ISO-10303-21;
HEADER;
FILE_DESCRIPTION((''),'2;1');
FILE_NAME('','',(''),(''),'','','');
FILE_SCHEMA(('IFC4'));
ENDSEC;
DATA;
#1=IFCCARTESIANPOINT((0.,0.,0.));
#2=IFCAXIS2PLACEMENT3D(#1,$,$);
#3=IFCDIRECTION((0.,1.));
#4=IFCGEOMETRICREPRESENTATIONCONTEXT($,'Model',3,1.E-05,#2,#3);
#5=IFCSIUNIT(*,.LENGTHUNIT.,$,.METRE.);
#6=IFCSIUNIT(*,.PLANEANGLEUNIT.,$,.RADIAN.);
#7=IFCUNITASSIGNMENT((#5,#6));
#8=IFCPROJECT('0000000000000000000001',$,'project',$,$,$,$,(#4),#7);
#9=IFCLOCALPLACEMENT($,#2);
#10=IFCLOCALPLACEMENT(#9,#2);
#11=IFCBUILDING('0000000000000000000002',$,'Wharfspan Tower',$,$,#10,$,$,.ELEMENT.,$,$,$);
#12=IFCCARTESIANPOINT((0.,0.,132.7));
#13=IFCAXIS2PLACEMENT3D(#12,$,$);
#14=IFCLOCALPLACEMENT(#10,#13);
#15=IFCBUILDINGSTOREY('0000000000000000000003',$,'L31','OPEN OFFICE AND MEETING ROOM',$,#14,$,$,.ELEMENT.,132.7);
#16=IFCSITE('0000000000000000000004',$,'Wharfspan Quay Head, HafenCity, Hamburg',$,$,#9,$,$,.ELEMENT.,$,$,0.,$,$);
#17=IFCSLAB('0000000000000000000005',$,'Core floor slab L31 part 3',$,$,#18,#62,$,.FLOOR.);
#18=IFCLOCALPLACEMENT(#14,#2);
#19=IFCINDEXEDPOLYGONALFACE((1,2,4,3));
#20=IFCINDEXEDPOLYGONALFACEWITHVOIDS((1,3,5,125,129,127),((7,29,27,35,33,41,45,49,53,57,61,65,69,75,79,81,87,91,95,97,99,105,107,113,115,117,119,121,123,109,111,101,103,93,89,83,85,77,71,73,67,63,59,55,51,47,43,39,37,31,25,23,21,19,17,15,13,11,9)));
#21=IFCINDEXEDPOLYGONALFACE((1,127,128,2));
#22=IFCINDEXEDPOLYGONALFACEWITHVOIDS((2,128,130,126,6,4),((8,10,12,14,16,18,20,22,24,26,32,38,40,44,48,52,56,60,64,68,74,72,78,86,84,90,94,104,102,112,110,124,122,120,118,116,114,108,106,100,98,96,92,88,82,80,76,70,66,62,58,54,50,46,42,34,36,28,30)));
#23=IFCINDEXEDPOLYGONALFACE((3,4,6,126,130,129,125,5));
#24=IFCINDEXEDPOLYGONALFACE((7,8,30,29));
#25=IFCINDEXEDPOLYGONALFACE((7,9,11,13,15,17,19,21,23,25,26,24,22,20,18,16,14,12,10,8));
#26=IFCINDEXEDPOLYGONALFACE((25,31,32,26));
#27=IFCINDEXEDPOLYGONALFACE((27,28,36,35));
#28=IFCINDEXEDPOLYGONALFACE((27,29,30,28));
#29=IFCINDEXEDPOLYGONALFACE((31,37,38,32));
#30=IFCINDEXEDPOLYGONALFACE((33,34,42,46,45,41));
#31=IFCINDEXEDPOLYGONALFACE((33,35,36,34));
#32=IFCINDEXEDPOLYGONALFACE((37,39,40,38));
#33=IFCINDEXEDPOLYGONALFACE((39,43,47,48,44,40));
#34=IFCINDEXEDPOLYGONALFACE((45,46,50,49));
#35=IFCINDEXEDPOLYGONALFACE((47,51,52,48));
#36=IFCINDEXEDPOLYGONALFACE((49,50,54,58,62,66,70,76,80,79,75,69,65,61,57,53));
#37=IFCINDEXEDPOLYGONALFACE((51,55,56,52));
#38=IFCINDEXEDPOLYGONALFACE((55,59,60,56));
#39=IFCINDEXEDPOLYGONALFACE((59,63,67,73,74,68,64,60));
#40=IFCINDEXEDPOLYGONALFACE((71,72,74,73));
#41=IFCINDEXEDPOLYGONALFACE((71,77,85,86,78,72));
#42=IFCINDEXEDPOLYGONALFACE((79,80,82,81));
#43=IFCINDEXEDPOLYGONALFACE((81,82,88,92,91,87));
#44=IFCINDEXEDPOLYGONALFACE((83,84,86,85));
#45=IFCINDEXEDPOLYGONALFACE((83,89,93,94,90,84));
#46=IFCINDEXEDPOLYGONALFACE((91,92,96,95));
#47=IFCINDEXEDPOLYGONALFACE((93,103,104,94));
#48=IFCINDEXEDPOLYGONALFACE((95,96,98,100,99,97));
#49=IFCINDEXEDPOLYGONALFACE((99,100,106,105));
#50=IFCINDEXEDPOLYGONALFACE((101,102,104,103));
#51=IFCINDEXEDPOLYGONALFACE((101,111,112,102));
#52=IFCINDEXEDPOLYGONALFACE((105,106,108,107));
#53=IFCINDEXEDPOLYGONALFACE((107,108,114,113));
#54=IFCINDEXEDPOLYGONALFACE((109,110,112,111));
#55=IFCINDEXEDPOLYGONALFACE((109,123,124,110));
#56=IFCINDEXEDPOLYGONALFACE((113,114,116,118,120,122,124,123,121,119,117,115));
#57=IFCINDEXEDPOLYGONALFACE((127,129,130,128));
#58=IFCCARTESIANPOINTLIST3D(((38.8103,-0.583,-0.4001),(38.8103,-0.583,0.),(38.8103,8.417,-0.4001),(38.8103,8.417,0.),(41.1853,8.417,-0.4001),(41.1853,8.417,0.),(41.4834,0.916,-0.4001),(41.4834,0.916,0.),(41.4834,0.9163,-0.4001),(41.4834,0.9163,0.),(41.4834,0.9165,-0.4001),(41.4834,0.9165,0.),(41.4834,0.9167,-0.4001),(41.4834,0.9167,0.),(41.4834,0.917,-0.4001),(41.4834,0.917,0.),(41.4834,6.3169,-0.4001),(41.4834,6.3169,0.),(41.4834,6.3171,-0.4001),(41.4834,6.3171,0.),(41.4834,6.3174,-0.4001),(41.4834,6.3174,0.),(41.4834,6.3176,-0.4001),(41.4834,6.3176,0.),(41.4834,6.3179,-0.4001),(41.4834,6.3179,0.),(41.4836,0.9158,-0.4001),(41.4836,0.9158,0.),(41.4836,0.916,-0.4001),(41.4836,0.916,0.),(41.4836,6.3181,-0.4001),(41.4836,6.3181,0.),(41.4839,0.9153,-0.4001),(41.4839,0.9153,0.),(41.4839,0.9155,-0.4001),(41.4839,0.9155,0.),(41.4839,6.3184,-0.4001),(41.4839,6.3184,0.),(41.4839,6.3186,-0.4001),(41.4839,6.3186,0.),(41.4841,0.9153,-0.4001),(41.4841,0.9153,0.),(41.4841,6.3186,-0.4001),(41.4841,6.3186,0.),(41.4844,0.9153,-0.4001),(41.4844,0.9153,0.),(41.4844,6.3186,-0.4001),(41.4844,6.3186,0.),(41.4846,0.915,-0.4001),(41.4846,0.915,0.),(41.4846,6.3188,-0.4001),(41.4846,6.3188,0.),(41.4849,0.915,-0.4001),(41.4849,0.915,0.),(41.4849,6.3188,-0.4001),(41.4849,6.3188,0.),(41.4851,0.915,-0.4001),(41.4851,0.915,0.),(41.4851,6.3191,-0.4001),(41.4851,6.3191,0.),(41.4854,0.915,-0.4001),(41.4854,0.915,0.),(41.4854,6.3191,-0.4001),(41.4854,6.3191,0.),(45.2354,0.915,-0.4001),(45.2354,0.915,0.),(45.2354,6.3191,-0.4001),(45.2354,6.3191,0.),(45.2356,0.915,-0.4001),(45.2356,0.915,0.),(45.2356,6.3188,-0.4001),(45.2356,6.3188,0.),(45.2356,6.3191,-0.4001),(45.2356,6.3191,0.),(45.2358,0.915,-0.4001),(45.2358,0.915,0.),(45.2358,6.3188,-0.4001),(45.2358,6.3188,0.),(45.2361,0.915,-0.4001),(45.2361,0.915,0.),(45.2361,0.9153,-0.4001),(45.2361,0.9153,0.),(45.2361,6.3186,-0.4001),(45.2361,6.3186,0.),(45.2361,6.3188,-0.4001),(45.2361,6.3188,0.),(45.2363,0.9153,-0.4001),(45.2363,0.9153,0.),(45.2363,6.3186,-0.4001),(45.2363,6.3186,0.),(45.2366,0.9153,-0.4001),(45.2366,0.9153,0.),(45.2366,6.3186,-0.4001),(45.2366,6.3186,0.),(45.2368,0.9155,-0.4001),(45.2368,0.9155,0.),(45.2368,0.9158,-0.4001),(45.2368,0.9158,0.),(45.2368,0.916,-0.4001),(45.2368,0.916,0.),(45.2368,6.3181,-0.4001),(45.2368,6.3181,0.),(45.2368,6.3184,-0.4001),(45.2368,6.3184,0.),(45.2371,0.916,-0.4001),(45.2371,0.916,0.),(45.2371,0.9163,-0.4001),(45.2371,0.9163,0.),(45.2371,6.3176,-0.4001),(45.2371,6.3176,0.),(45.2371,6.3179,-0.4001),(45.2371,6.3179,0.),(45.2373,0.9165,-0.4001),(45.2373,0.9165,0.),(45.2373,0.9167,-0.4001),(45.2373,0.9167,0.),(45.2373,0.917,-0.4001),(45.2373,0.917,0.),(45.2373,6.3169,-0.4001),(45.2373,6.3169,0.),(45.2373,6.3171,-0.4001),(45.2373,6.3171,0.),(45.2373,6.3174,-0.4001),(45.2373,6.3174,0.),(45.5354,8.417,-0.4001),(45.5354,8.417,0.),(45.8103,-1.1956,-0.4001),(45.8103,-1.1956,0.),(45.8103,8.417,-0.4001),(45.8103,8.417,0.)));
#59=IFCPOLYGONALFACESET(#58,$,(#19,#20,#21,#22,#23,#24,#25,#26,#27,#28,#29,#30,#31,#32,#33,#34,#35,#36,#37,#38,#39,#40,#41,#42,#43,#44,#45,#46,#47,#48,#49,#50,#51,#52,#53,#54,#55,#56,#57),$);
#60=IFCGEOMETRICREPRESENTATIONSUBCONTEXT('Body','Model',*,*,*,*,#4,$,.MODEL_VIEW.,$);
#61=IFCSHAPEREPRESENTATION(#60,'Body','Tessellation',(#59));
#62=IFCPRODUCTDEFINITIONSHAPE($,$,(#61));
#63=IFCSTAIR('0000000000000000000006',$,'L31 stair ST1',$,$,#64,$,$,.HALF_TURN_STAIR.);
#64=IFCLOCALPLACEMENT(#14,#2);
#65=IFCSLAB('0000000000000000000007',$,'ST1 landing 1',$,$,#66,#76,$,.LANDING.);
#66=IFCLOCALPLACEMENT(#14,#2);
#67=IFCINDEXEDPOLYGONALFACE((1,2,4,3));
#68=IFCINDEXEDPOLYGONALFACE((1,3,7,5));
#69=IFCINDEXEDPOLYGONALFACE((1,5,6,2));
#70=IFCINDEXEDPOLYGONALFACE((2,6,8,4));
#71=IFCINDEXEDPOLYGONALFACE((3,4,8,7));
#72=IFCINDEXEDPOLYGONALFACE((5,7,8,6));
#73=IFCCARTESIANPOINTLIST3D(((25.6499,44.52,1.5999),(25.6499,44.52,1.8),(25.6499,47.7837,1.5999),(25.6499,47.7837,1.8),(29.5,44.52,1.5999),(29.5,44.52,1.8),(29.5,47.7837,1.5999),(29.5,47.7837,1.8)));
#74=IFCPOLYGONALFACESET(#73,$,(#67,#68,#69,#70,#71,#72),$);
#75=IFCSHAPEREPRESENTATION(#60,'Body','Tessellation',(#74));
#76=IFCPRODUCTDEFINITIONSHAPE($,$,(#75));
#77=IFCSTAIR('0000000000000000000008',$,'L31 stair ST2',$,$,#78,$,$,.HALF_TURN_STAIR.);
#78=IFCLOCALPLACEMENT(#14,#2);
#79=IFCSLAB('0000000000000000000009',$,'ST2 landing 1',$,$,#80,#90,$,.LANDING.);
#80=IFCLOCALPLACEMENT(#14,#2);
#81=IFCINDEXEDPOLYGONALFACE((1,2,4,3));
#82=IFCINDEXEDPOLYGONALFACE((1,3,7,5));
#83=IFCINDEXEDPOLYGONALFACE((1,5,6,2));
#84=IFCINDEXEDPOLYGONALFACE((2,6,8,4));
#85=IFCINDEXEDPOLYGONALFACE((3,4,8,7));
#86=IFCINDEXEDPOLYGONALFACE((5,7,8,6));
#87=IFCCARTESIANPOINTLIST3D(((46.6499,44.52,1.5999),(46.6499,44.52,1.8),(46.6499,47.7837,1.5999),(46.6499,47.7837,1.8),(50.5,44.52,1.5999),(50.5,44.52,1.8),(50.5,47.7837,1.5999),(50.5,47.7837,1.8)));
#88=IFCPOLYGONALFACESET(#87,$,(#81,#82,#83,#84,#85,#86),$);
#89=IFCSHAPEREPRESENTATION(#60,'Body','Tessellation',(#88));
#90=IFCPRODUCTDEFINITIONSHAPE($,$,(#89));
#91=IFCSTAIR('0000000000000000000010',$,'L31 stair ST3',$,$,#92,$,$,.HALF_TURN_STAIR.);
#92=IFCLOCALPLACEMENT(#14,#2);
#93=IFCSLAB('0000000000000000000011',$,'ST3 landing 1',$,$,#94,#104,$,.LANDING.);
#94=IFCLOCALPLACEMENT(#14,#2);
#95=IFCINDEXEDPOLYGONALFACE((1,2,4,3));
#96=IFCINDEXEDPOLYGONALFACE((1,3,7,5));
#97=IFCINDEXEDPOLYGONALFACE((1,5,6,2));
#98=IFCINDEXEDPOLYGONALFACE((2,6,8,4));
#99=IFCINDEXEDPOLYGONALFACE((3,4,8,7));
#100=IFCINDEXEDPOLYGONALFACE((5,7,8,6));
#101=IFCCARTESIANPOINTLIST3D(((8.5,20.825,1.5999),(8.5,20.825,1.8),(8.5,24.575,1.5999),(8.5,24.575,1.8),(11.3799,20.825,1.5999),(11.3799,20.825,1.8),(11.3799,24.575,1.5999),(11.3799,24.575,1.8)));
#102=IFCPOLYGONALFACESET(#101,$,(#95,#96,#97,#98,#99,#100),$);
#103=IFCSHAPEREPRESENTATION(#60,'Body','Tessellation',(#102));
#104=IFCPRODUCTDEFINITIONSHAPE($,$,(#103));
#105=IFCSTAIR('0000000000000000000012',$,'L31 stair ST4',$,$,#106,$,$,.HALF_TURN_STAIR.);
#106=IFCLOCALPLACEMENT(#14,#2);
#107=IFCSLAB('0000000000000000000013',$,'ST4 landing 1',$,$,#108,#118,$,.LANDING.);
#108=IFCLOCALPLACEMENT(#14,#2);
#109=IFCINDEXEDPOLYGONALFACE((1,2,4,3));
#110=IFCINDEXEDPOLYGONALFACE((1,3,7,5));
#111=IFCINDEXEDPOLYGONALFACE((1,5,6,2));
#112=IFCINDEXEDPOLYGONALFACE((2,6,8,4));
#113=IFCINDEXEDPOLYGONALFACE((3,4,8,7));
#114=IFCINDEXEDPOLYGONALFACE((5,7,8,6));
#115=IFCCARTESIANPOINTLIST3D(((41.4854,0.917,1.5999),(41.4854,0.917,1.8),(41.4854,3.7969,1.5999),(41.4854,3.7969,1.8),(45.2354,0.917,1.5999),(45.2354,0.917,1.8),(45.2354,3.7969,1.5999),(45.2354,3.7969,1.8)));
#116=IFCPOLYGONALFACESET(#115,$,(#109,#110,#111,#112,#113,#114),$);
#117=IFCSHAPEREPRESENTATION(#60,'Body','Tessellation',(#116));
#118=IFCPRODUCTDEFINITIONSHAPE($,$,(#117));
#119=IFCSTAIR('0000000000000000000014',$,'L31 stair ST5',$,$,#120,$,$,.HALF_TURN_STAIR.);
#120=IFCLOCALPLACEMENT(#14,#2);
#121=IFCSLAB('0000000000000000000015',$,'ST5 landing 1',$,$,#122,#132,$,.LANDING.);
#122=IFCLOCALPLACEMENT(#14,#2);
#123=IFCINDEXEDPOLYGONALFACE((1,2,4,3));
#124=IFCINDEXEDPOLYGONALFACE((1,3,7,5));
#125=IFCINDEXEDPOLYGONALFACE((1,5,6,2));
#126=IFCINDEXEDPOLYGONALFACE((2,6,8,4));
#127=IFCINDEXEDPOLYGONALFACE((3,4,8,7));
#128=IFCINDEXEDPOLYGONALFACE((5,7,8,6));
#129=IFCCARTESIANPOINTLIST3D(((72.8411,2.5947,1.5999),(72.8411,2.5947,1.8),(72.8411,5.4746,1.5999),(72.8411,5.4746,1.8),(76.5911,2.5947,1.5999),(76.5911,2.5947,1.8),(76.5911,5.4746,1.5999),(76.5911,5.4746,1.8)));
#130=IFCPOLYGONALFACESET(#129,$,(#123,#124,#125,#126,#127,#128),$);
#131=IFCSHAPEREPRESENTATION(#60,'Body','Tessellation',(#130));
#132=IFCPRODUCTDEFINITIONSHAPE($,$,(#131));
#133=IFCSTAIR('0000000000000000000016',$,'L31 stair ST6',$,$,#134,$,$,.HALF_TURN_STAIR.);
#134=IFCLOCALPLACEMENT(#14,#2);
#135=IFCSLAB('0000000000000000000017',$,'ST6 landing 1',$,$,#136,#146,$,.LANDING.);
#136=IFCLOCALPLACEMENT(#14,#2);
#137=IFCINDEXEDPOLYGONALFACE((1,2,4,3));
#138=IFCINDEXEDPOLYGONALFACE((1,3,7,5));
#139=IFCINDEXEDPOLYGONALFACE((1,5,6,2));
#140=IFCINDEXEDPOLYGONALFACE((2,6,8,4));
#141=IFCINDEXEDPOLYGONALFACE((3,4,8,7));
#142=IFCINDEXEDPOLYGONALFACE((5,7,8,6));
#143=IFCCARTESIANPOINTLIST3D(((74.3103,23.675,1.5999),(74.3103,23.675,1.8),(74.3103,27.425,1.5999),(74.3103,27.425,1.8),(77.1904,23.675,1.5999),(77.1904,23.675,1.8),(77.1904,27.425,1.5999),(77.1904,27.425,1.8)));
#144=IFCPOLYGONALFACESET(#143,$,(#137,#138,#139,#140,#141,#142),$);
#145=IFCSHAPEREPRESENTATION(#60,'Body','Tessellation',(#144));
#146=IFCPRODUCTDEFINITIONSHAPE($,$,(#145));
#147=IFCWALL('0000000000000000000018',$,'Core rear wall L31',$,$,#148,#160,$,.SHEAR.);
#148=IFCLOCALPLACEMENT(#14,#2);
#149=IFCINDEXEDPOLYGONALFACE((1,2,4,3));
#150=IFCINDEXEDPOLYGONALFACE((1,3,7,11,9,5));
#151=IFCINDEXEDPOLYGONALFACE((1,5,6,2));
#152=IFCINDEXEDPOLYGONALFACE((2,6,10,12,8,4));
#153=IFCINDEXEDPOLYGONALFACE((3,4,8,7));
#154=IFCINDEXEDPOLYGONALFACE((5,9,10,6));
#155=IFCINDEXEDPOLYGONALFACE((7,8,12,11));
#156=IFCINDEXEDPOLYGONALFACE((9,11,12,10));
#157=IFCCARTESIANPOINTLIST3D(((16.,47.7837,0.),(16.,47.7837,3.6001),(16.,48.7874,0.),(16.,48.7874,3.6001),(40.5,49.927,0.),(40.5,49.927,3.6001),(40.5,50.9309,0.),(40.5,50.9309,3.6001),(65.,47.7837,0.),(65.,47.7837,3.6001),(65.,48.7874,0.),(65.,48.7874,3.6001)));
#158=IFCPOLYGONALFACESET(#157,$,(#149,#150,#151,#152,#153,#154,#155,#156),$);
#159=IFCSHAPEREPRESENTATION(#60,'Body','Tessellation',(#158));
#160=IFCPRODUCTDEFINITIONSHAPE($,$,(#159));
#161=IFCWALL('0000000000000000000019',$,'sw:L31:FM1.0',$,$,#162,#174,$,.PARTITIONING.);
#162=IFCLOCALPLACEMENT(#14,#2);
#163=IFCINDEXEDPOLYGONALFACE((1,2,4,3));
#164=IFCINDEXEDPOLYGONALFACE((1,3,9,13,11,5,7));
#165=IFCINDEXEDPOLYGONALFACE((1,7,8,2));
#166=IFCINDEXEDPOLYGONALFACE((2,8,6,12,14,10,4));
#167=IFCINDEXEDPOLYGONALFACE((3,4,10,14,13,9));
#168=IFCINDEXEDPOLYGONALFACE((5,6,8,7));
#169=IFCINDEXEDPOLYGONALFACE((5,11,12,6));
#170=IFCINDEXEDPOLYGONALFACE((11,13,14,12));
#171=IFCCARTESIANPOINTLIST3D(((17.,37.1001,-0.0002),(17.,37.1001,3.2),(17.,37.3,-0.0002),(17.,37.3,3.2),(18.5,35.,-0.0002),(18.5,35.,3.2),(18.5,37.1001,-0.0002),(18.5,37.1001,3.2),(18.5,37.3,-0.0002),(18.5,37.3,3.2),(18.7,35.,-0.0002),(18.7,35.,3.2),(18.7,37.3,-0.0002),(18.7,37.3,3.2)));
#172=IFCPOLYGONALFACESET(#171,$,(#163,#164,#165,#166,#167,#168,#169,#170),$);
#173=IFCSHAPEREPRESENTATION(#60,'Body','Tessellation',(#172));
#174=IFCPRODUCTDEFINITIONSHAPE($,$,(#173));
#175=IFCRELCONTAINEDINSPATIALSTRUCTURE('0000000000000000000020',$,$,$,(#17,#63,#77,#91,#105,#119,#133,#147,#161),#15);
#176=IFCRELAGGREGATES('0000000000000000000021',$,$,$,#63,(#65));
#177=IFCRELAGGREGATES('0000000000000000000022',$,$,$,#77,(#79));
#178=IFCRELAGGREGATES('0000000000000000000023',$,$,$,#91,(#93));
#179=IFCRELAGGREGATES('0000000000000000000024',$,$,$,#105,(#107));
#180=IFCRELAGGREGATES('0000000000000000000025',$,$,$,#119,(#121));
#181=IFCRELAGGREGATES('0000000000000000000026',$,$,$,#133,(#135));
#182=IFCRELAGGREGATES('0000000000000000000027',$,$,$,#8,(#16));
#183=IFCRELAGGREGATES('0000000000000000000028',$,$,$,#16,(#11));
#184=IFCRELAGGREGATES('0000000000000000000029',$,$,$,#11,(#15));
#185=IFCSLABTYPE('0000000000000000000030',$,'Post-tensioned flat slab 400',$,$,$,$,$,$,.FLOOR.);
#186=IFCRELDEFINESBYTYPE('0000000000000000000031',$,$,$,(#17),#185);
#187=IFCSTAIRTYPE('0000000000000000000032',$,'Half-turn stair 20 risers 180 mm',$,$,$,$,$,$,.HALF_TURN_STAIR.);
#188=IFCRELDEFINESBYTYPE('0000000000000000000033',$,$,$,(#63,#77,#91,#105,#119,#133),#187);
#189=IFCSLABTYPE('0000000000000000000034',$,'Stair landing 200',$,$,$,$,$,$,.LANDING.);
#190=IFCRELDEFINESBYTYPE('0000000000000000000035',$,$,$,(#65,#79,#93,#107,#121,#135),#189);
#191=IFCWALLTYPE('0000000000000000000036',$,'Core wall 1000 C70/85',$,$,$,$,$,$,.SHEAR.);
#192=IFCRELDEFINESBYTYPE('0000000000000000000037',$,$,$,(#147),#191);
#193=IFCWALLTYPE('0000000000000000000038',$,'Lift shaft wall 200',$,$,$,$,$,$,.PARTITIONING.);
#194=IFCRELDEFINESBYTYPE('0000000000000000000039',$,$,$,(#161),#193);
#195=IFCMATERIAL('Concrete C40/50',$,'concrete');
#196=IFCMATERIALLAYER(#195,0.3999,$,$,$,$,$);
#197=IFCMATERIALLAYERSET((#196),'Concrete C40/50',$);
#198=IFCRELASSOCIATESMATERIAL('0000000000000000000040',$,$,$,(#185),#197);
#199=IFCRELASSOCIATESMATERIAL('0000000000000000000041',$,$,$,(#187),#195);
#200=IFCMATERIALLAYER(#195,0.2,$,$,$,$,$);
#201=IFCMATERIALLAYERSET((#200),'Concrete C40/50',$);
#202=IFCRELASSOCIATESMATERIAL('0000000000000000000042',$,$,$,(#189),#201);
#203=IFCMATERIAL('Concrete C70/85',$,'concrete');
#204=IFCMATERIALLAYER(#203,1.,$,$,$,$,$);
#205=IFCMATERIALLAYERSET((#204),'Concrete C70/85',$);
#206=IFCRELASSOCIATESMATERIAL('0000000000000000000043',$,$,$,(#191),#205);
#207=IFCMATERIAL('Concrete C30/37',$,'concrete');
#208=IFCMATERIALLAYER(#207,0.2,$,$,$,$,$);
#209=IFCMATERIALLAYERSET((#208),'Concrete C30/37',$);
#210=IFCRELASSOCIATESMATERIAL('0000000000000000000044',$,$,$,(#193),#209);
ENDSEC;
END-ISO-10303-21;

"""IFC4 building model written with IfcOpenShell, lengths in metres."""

from ifc_helpers import new_model, si_unit, direction, frame, origin, place, context, subcontext, project, spatial, polyline, outline, extrude, material, layer, layer_set, type_object, element, aggregate, save


model = new_model("IFC4")

# Units and contexts
model_context = context("Model", 3, precision=1e-05, world=origin(), true_north=direction((0.0, 1.0)))
body_context = subcontext(model_context, "Body", "Model", "MODEL_VIEW")
ifc_project = project(units=[si_unit("LENGTHUNIT", "METRE"), si_unit("PLANEANGLEUNIT", "RADIAN")], contexts=[model_context])

# Site, building, storey
site_placement = place(None, origin())
site = spatial("IfcSite", under=ifc_project, at=site_placement, Name="Wharfspan Quay Head, HafenCity, Hamburg", CompositionType="ELEMENT", RefElevation=0.0)
building_placement = place(site_placement, origin())
building = spatial("IfcBuilding", under=site, at=building_placement, Name="Wharfspan Tower", CompositionType="ELEMENT")
storey_placement = place(building_placement, frame((0.0, 0.0, 132.7)))
storey = spatial("IfcBuildingStorey", under=building, at=storey_placement, Name="L31", Description="OPEN OFFICE AND MEETING ROOM", CompositionType="ELEMENT", Elevation=132.7)

# Slab
ifc_material_1 = material(Name="Concrete C40/50", Category="concrete")
ifc_layer_1 = layer(ifc_material_1, 0.3999)
ifc_layer_set_1 = layer_set([ifc_layer_1], Name="Concrete C40/50")
slab_type_1 = type_object("IfcSlabType", Name="Post-tensioned flat slab 400", PredefinedType="FLOOR", material=ifc_layer_set_1)
slab_1_placement = place(storey_placement, frame((0.0, 0.0, -0.4001)))
element("IfcSlab", 1, at=slab_1_placement, inside=storey, type_object=slab_type_1, Name="Core floor slab L31 part 3", PredefinedType="FLOOR", context=body_context, shape_type="SweptSolid", body=[
    extrude(outline(polyline([(45.5354, 8.417), (41.1853, 8.417), (38.8103, 8.417), (38.8103, -0.583), (45.8103, -1.1956), (45.8103, 8.417), (45.5354, 8.417)]), holes=[polyline([(41.4834, 6.3169), (41.4834, 6.3171), (41.4834, 6.3174), (41.4834, 6.3174), (41.4834, 6.3176), (41.4834, 6.3179), (41.4836, 6.3181), (41.4836, 6.3181), (41.4839, 6.3184), (41.4839, 6.3186), (41.4841, 6.3186), (41.4844, 6.3186), (41.4846, 6.3188), (41.4846, 6.3188), (41.4849, 6.3188), (41.4851, 6.3191), (41.4854, 6.3191), (45.2354, 6.3191), (45.2356, 6.3191), (45.2356, 6.3188), (45.2358, 6.3188), (45.2361, 6.3188), (45.2361, 6.3186), (45.2363, 6.3186), (45.2366, 6.3186), (45.2368, 6.3184), (45.2368, 6.3181), (45.2368, 6.3181), (45.2371, 6.3179), (45.2371, 6.3176), (45.2373, 6.3174), (45.2373, 6.3174), (45.2373, 6.3171), (45.2373, 6.3169), (45.2373, 0.917), (45.2373, 0.9167), (45.2373, 0.9165), (45.2373, 0.9165), (45.2371, 0.9163), (45.2371, 0.916), (45.2368, 0.916), (45.2368, 0.9158), (45.2368, 0.9155), (45.2366, 0.9153), (45.2363, 0.9153), (45.2361, 0.9153), (45.2361, 0.915), (45.2358, 0.915), (45.2356, 0.915), (45.2356, 0.915), (45.2354, 0.915), (41.4854, 0.915), (41.4851, 0.915), (41.4849, 0.915), (41.4846, 0.915), (41.4846, 0.915), (41.4844, 0.9153), (41.4841, 0.9153), (41.4839, 0.9153), (41.4839, 0.9155), (41.4836, 0.9158), (41.4836, 0.916), (41.4834, 0.916), (41.4834, 0.9163), (41.4834, 0.9165), (41.4834, 0.9165), (41.4834, 0.9167), (41.4834, 0.917), (41.4834, 6.3169)])]), origin(), (0.0, 0.0, 1.0), 0.4001),
])

# Stairs, slabs
stair_type = type_object("IfcStairType", Name="Half-turn stair 20 risers 180 mm", PredefinedType="HALF_TURN_STAIR", material=ifc_material_1)
stair_1_placement = place(storey_placement, origin())
stair_1 = element("IfcStair", 2, at=stair_1_placement, inside=storey, type_object=stair_type, Name="L31 stair ST1", PredefinedType="HALF_TURN_STAIR")
ifc_layer_2 = layer(ifc_material_1, 0.2)
ifc_layer_set_2 = layer_set([ifc_layer_2], Name="Concrete C40/50")
slab_type_2 = type_object("IfcSlabType", Name="Stair landing 200", PredefinedType="LANDING", material=ifc_layer_set_2)
slab_2_placement = place(storey_placement, frame((0.0, 0.0, 1.5999)))
slab_2 = element("IfcSlab", 3, at=slab_2_placement, type_object=slab_type_2, Name="ST1 landing 1", PredefinedType="LANDING", context=body_context, shape_type="SweptSolid", body=[
    extrude(outline(polyline([(25.6499, 44.52), (29.5, 44.52), (29.5, 47.7837), (25.6499, 47.7837), (25.6499, 44.52)])), origin(), (0.0, 0.0, 1.0), 0.2002),
])
aggregate(stair_1, [slab_2])
stair_2_placement = place(storey_placement, origin())
stair_2 = element("IfcStair", 4, at=stair_2_placement, inside=storey, type_object=stair_type, Name="L31 stair ST2", PredefinedType="HALF_TURN_STAIR")
slab_3_placement = place(storey_placement, frame((0.0, 0.0, 1.5999)))
slab_3 = element("IfcSlab", 5, at=slab_3_placement, type_object=slab_type_2, Name="ST2 landing 1", PredefinedType="LANDING", context=body_context, shape_type="SweptSolid", body=[
    extrude(outline(polyline([(46.6499, 44.52), (50.5, 44.52), (50.5, 47.7837), (46.6499, 47.7837), (46.6499, 44.52)])), origin(), (0.0, 0.0, 1.0), 0.2002),
])
aggregate(stair_2, [slab_3])
stair_3_placement = place(storey_placement, origin())
stair_3 = element("IfcStair", 6, at=stair_3_placement, inside=storey, type_object=stair_type, Name="L31 stair ST3", PredefinedType="HALF_TURN_STAIR")
slab_4_placement = place(storey_placement, frame((0.0, 0.0, 1.5999)))
slab_4 = element("IfcSlab", 7, at=slab_4_placement, type_object=slab_type_2, Name="ST3 landing 1", PredefinedType="LANDING", context=body_context, shape_type="SweptSolid", body=[
    extrude(outline(polyline([(11.3799, 24.575), (8.5, 24.575), (8.5, 20.825), (11.3799, 20.825), (11.3799, 24.575)])), origin(), (0.0, 0.0, 1.0), 0.2002),
])
aggregate(stair_3, [slab_4])
stair_4_placement = place(storey_placement, origin())
stair_4 = element("IfcStair", 8, at=stair_4_placement, inside=storey, type_object=stair_type, Name="L31 stair ST4", PredefinedType="HALF_TURN_STAIR")
slab_5_placement = place(storey_placement, frame((0.0, 0.0, 1.5999)))
slab_5 = element("IfcSlab", 9, at=slab_5_placement, type_object=slab_type_2, Name="ST4 landing 1", PredefinedType="LANDING", context=body_context, shape_type="SweptSolid", body=[
    extrude(outline(polyline([(41.4854, 3.7969), (41.4854, 0.917), (45.2354, 0.917), (45.2354, 3.7969), (41.4854, 3.7969)])), origin(), (0.0, 0.0, 1.0), 0.2002),
])
aggregate(stair_4, [slab_5])
stair_5_placement = place(storey_placement, origin())
stair_5 = element("IfcStair", 10, at=stair_5_placement, inside=storey, type_object=stair_type, Name="L31 stair ST5", PredefinedType="HALF_TURN_STAIR")
slab_6_placement = place(storey_placement, frame((0.0, 0.0, 1.5999)))
slab_6 = element("IfcSlab", 11, at=slab_6_placement, type_object=slab_type_2, Name="ST5 landing 1", PredefinedType="LANDING", context=body_context, shape_type="SweptSolid", body=[
    extrude(outline(polyline([(72.8411, 5.4746), (72.8411, 2.5947), (76.5911, 2.5947), (76.5911, 5.4746), (72.8411, 5.4746)])), origin(), (0.0, 0.0, 1.0), 0.2002),
])
aggregate(stair_5, [slab_6])
stair_6_placement = place(storey_placement, origin())
stair_6 = element("IfcStair", 12, at=stair_6_placement, inside=storey, type_object=stair_type, Name="L31 stair ST6", PredefinedType="HALF_TURN_STAIR")
slab_7_placement = place(storey_placement, frame((0.0, 0.0, 1.5999)))
slab_7 = element("IfcSlab", 13, at=slab_7_placement, type_object=slab_type_2, Name="ST6 landing 1", PredefinedType="LANDING", context=body_context, shape_type="SweptSolid", body=[
    extrude(outline(polyline([(74.3103, 23.675), (77.1904, 23.675), (77.1904, 27.425), (74.3103, 27.425), (74.3103, 23.675)])), origin(), (0.0, 0.0, 1.0), 0.2002),
])
aggregate(stair_6, [slab_7])

# Walls
ifc_material_2 = material(Name="Concrete C70/85", Category="concrete")
ifc_layer_3 = layer(ifc_material_2, 1.0)
ifc_layer_set_3 = layer_set([ifc_layer_3], Name="Concrete C70/85")
wall_type_1 = type_object("IfcWallType", Name="Core wall 1000 C70/85", PredefinedType="SHEAR", material=ifc_layer_set_3)
wall_1_placement = place(storey_placement, origin())
element("IfcWall", 14, at=wall_1_placement, inside=storey, type_object=wall_type_1, Name="Core rear wall L31", PredefinedType="SHEAR", context=body_context, shape_type="SweptSolid", body=[
    extrude(outline(polyline([(16.0, 47.7837), (40.5, 49.927), (65.0, 47.7837), (65.0, 48.7874), (40.5, 50.9309), (16.0, 48.7874), (16.0, 47.7837)])), origin(), (0.0, 0.0, 1.0), 3.6001),
])
ifc_material_3 = material(Name="Concrete C30/37", Category="concrete")
ifc_layer_4 = layer(ifc_material_3, 0.2)
ifc_layer_set_4 = layer_set([ifc_layer_4], Name="Concrete C30/37")
wall_type_2 = type_object("IfcWallType", Name="Lift shaft wall 200", PredefinedType="PARTITIONING", material=ifc_layer_set_4)
wall_2_placement = place(storey_placement, frame((0.0, 0.0, -0.0002)))
element("IfcWall", 15, at=wall_2_placement, inside=storey, type_object=wall_type_2, Name="sw:L31:FM1.0", PredefinedType="PARTITIONING", context=body_context, shape_type="SweptSolid", body=[
    extrude(outline(polyline([(18.5, 37.1001), (17.0, 37.1001), (17.0, 37.3), (18.5, 37.3), (18.7, 37.3), (18.7, 35.0), (18.5, 35.0), (18.5, 37.1001)])), origin(), (0.0, 0.0, 1.0), 3.2002),
])

save(model, "model.ifc")
